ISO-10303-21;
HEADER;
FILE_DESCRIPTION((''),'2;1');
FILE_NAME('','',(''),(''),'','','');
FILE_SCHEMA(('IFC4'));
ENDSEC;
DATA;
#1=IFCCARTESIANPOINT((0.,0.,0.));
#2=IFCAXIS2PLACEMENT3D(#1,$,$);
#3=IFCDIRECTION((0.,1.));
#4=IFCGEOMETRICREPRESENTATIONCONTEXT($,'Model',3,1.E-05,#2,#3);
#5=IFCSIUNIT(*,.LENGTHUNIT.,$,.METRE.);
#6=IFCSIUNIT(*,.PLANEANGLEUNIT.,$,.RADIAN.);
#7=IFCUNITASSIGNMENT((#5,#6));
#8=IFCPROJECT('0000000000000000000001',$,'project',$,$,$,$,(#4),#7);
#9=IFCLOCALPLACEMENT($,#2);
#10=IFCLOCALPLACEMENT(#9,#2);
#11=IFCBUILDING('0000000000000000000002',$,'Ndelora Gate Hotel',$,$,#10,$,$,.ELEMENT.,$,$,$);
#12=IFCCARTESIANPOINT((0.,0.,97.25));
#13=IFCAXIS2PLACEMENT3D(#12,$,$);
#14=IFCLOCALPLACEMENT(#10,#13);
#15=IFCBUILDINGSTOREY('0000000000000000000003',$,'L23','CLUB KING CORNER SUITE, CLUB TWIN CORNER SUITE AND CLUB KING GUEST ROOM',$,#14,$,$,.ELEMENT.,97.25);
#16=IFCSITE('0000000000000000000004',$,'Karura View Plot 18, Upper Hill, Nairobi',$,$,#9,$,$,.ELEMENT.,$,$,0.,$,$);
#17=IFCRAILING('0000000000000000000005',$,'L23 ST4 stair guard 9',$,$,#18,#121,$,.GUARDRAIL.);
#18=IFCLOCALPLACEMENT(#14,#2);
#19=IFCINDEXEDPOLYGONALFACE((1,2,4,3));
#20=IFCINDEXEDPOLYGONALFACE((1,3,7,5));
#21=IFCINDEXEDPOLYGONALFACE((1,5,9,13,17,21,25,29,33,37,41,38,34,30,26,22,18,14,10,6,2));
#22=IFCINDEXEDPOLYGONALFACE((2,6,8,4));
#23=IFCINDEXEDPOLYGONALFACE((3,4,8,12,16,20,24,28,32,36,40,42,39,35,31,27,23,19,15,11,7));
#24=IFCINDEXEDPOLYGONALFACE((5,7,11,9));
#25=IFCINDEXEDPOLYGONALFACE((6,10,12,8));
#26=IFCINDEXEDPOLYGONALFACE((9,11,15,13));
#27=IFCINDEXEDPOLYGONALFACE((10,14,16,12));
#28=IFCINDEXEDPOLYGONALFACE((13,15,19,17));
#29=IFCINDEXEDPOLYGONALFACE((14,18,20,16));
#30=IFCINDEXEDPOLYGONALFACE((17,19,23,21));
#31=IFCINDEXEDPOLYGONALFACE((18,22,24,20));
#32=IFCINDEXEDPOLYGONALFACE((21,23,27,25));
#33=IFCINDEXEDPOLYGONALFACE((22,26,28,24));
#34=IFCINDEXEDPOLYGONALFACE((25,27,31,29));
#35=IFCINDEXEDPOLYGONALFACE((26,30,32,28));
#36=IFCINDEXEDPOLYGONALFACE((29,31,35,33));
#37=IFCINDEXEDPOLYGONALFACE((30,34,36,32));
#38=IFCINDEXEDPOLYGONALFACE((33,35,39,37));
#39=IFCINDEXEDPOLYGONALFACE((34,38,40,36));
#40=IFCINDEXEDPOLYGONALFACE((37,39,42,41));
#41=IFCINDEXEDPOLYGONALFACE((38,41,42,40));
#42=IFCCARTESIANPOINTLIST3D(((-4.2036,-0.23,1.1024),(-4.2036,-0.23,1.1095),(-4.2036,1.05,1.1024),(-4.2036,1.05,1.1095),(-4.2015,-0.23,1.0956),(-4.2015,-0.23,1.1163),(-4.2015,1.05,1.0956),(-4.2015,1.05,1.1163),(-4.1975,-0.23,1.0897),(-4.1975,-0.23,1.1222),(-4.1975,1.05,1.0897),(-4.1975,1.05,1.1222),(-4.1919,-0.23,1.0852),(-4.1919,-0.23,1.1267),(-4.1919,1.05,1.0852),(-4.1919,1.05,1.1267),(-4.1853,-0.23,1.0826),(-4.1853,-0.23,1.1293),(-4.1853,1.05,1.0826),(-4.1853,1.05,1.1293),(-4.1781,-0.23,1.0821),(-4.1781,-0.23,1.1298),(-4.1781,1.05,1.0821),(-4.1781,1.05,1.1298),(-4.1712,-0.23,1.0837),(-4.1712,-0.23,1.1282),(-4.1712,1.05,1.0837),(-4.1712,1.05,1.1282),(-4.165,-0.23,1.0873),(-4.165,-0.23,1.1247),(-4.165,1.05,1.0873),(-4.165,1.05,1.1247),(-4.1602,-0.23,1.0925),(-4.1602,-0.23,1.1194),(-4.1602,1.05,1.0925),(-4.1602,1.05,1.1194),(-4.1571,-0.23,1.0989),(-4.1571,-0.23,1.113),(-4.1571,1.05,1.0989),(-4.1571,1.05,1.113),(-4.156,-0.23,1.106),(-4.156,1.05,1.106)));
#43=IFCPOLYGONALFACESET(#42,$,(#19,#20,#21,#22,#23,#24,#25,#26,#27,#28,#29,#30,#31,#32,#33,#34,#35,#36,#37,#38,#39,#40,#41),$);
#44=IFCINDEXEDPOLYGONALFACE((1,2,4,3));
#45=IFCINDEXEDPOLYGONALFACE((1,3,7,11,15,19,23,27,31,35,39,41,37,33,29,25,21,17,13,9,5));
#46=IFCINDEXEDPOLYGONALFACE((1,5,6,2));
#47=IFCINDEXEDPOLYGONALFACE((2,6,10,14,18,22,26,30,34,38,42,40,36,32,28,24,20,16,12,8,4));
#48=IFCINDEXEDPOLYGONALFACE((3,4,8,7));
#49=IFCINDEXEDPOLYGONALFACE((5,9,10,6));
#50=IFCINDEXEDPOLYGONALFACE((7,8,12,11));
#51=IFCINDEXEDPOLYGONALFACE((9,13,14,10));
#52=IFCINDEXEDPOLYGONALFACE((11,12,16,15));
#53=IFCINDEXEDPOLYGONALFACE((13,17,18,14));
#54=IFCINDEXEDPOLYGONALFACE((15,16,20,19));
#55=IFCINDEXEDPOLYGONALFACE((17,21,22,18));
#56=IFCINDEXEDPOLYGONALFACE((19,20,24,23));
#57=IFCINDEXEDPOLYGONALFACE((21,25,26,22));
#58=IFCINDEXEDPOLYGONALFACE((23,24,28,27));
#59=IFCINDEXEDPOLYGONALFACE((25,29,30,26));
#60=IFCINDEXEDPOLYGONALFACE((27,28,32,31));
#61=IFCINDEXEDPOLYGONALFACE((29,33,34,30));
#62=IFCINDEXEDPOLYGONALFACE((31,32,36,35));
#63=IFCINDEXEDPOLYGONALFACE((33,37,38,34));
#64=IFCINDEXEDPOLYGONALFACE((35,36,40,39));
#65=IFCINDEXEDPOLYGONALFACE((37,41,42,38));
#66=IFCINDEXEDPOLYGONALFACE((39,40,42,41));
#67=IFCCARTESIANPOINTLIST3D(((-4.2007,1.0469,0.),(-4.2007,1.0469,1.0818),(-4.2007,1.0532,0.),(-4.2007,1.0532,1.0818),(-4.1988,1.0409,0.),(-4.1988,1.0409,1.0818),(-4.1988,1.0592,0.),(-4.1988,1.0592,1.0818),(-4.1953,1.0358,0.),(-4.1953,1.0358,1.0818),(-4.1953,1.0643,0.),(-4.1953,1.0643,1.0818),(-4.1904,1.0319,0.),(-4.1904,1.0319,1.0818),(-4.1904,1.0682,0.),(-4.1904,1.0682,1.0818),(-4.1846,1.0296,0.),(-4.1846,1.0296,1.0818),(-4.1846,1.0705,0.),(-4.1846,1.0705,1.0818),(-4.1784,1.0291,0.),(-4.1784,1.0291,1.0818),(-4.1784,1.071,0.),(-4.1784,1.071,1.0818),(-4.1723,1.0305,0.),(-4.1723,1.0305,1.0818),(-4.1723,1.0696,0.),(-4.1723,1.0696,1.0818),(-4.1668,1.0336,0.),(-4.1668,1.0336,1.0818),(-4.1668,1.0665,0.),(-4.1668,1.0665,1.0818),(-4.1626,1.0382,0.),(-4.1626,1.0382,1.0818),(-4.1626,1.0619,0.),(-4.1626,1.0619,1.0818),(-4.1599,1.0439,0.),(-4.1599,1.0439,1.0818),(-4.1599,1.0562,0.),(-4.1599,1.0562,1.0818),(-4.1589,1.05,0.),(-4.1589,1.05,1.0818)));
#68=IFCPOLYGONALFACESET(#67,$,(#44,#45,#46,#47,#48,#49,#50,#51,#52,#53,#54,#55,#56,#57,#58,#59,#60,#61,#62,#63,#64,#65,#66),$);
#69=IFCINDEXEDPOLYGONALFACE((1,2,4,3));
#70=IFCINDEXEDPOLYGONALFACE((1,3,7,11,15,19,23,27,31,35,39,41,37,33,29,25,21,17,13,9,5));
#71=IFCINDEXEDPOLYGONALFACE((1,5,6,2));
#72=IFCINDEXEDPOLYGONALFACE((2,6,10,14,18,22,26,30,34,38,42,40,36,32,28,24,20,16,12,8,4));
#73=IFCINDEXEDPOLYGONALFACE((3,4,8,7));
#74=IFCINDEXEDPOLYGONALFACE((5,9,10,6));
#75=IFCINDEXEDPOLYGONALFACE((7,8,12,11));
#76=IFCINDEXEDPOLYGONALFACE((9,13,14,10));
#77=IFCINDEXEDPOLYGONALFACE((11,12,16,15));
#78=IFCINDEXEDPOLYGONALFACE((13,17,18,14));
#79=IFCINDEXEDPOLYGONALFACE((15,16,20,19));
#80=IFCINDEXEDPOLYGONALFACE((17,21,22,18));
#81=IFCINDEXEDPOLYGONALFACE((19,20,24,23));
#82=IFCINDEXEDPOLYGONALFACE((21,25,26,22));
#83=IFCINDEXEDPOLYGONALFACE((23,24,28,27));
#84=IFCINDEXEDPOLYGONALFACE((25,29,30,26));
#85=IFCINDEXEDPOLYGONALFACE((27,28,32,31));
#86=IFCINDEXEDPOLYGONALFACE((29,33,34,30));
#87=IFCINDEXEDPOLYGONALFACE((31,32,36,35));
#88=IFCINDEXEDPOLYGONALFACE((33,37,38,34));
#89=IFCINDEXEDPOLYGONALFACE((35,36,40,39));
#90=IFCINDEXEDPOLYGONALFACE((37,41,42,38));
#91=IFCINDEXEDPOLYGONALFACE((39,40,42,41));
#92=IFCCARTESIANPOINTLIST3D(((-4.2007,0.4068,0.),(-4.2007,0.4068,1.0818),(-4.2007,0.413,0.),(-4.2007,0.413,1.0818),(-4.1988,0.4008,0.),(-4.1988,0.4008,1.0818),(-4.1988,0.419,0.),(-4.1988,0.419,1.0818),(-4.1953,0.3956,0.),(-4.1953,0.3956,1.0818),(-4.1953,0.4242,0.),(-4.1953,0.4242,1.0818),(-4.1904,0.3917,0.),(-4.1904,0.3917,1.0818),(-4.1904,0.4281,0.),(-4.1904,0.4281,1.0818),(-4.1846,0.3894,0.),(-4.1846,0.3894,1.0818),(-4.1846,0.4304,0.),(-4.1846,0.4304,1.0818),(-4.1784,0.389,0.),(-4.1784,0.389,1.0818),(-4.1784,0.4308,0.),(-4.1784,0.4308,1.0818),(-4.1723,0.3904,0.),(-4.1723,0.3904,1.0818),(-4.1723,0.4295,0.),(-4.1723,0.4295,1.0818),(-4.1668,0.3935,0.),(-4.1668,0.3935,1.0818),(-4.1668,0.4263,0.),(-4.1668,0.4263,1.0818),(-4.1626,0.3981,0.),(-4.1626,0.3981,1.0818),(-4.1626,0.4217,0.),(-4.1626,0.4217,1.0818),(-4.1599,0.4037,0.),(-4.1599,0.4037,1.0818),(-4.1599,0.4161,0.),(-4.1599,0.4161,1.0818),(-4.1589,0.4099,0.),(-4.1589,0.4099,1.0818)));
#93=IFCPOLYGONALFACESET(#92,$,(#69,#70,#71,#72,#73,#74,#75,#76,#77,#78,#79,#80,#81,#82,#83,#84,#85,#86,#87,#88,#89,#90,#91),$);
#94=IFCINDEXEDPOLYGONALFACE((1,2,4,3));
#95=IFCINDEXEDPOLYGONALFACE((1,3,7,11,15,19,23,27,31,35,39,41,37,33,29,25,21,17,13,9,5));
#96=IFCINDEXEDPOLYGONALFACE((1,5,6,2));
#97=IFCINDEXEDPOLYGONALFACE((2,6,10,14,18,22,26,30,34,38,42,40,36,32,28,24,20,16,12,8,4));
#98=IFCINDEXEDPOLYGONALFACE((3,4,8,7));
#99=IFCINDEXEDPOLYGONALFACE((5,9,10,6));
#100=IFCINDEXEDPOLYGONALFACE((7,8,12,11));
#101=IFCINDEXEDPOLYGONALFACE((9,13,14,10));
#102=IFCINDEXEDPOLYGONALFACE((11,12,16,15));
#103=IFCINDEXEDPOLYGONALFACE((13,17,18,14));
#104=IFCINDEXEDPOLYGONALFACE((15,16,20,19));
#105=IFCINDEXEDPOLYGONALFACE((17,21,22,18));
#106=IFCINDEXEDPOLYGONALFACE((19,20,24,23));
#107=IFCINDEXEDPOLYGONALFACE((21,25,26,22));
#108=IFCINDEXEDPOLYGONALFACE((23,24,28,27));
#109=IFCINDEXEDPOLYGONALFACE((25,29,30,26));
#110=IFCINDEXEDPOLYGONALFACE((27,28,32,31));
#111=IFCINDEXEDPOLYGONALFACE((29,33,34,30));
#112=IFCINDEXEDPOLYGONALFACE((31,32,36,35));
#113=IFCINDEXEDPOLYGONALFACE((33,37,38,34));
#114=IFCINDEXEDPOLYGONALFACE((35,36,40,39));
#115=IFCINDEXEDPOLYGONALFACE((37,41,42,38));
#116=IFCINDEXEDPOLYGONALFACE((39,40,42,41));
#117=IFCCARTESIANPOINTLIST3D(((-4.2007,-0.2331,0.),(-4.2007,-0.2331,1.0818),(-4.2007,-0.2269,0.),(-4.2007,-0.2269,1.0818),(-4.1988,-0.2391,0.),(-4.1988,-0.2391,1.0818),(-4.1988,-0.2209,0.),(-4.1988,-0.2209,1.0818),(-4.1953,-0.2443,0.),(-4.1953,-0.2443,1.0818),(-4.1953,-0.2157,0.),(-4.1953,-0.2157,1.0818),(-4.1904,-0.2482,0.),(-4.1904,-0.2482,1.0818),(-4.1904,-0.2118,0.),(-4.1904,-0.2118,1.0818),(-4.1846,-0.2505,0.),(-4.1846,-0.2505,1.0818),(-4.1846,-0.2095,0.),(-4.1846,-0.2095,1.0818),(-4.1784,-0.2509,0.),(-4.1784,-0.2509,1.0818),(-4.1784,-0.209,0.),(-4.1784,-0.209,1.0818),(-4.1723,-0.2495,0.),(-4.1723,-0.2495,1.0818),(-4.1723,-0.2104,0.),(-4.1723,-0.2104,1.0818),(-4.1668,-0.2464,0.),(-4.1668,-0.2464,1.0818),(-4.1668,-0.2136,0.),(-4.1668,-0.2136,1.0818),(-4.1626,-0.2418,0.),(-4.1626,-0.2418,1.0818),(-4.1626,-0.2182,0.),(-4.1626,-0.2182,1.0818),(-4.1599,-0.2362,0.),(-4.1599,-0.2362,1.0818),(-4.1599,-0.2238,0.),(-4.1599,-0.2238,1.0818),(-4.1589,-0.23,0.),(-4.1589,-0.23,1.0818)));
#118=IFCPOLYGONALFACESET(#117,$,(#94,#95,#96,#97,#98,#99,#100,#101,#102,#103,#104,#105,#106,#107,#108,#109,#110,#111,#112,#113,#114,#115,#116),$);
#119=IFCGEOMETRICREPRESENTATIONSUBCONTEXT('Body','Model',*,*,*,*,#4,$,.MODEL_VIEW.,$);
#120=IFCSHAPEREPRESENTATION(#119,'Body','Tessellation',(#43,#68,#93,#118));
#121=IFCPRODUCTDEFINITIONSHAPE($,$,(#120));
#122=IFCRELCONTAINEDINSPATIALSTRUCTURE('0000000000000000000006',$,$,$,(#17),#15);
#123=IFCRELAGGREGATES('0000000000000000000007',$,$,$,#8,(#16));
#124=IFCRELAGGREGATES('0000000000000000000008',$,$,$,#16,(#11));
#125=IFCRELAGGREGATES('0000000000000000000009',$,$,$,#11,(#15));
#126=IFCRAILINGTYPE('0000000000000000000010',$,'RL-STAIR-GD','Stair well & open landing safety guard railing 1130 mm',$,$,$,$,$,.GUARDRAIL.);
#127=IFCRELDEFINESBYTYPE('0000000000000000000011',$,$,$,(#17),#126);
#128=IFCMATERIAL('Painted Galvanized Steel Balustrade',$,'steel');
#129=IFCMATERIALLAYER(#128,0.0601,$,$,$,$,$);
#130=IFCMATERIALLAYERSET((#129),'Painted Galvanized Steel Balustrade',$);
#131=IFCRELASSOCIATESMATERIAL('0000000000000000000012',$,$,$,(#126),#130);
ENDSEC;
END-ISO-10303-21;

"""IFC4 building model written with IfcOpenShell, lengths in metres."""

from ifc_helpers import new_model, si_unit, direction, frame, origin, origin_2d, place, context, subcontext, project, spatial, circle, extrude, material, layer, layer_set, type_object, element, save


model = new_model("IFC4")

# Units and contexts
model_context = context("Model", 3, precision=1e-05, world=origin(), true_north=direction((0.0, 1.0)))
body_context = subcontext(model_context, "Body", "Model", "MODEL_VIEW")
ifc_project = project(units=[si_unit("LENGTHUNIT", "METRE"), si_unit("PLANEANGLEUNIT", "RADIAN")], contexts=[model_context])

# Site, building, storey
site_placement = place(None, origin())
site = spatial("IfcSite", under=ifc_project, at=site_placement, Name="Karura View Plot 18, Upper Hill, Nairobi", CompositionType="ELEMENT", RefElevation=0.0)
building_placement = place(site_placement, origin())
building = spatial("IfcBuilding", under=site, at=building_placement, Name="Ndelora Gate Hotel", CompositionType="ELEMENT")
storey_placement = place(building_placement, frame((0.0, 0.0, 97.25)))
storey = spatial("IfcBuildingStorey", under=building, at=storey_placement, Name="L23", Description="CLUB KING CORNER SUITE, CLUB TWIN CORNER SUITE AND CLUB KING GUEST ROOM", CompositionType="ELEMENT", Elevation=97.25)

# Railing
ifc_material_1 = material(Name="Painted Galvanized Steel Balustrade", Category="steel")
ifc_layer_1 = layer(ifc_material_1, 0.0601)
ifc_layer_set_1 = layer_set([ifc_layer_1], Name="Painted Galvanized Steel Balustrade")
railing_type = type_object("IfcRailingType", Name="RL-STAIR-GD", Description="Stair well & open landing safety guard railing 1130 mm", PredefinedType="GUARDRAIL", material=ifc_layer_set_1)
for number, where, name in (
    (1, (-4.1799, 1.05, 0.0), "L23 ST4 stair guard 9"),
):
    element("IfcRailing", number, at=place(storey_placement, frame(where)), inside=storey, type_object=railing_type, Name=name, PredefinedType="GUARDRAIL", context=body_context, shape_type="SweptSolid", body=[
        extrude(circle(Radius=0.0239, at=origin_2d()), frame((0.0, 0.0, 1.106), z_axis=(0.0, -1.0, 0.0), x_axis=(1.0, 0.0, 0.0)), (0.0, 0.0, 1.0), 1.28),
        extrude(circle(Radius=0.021, at=origin_2d()), origin(), (0.0, 0.0, 1.0), 1.0818),
        extrude(circle(Radius=0.021, at=origin_2d()), frame((0.0, -0.6401, 0.0)), (0.0, 0.0, 1.0), 1.0818),
        extrude(circle(Radius=0.021, at=origin_2d()), frame((0.0, -1.28, 0.0)), (0.0, 0.0, 1.0), 1.0818),
    ])

save(model, "model.ifc")
